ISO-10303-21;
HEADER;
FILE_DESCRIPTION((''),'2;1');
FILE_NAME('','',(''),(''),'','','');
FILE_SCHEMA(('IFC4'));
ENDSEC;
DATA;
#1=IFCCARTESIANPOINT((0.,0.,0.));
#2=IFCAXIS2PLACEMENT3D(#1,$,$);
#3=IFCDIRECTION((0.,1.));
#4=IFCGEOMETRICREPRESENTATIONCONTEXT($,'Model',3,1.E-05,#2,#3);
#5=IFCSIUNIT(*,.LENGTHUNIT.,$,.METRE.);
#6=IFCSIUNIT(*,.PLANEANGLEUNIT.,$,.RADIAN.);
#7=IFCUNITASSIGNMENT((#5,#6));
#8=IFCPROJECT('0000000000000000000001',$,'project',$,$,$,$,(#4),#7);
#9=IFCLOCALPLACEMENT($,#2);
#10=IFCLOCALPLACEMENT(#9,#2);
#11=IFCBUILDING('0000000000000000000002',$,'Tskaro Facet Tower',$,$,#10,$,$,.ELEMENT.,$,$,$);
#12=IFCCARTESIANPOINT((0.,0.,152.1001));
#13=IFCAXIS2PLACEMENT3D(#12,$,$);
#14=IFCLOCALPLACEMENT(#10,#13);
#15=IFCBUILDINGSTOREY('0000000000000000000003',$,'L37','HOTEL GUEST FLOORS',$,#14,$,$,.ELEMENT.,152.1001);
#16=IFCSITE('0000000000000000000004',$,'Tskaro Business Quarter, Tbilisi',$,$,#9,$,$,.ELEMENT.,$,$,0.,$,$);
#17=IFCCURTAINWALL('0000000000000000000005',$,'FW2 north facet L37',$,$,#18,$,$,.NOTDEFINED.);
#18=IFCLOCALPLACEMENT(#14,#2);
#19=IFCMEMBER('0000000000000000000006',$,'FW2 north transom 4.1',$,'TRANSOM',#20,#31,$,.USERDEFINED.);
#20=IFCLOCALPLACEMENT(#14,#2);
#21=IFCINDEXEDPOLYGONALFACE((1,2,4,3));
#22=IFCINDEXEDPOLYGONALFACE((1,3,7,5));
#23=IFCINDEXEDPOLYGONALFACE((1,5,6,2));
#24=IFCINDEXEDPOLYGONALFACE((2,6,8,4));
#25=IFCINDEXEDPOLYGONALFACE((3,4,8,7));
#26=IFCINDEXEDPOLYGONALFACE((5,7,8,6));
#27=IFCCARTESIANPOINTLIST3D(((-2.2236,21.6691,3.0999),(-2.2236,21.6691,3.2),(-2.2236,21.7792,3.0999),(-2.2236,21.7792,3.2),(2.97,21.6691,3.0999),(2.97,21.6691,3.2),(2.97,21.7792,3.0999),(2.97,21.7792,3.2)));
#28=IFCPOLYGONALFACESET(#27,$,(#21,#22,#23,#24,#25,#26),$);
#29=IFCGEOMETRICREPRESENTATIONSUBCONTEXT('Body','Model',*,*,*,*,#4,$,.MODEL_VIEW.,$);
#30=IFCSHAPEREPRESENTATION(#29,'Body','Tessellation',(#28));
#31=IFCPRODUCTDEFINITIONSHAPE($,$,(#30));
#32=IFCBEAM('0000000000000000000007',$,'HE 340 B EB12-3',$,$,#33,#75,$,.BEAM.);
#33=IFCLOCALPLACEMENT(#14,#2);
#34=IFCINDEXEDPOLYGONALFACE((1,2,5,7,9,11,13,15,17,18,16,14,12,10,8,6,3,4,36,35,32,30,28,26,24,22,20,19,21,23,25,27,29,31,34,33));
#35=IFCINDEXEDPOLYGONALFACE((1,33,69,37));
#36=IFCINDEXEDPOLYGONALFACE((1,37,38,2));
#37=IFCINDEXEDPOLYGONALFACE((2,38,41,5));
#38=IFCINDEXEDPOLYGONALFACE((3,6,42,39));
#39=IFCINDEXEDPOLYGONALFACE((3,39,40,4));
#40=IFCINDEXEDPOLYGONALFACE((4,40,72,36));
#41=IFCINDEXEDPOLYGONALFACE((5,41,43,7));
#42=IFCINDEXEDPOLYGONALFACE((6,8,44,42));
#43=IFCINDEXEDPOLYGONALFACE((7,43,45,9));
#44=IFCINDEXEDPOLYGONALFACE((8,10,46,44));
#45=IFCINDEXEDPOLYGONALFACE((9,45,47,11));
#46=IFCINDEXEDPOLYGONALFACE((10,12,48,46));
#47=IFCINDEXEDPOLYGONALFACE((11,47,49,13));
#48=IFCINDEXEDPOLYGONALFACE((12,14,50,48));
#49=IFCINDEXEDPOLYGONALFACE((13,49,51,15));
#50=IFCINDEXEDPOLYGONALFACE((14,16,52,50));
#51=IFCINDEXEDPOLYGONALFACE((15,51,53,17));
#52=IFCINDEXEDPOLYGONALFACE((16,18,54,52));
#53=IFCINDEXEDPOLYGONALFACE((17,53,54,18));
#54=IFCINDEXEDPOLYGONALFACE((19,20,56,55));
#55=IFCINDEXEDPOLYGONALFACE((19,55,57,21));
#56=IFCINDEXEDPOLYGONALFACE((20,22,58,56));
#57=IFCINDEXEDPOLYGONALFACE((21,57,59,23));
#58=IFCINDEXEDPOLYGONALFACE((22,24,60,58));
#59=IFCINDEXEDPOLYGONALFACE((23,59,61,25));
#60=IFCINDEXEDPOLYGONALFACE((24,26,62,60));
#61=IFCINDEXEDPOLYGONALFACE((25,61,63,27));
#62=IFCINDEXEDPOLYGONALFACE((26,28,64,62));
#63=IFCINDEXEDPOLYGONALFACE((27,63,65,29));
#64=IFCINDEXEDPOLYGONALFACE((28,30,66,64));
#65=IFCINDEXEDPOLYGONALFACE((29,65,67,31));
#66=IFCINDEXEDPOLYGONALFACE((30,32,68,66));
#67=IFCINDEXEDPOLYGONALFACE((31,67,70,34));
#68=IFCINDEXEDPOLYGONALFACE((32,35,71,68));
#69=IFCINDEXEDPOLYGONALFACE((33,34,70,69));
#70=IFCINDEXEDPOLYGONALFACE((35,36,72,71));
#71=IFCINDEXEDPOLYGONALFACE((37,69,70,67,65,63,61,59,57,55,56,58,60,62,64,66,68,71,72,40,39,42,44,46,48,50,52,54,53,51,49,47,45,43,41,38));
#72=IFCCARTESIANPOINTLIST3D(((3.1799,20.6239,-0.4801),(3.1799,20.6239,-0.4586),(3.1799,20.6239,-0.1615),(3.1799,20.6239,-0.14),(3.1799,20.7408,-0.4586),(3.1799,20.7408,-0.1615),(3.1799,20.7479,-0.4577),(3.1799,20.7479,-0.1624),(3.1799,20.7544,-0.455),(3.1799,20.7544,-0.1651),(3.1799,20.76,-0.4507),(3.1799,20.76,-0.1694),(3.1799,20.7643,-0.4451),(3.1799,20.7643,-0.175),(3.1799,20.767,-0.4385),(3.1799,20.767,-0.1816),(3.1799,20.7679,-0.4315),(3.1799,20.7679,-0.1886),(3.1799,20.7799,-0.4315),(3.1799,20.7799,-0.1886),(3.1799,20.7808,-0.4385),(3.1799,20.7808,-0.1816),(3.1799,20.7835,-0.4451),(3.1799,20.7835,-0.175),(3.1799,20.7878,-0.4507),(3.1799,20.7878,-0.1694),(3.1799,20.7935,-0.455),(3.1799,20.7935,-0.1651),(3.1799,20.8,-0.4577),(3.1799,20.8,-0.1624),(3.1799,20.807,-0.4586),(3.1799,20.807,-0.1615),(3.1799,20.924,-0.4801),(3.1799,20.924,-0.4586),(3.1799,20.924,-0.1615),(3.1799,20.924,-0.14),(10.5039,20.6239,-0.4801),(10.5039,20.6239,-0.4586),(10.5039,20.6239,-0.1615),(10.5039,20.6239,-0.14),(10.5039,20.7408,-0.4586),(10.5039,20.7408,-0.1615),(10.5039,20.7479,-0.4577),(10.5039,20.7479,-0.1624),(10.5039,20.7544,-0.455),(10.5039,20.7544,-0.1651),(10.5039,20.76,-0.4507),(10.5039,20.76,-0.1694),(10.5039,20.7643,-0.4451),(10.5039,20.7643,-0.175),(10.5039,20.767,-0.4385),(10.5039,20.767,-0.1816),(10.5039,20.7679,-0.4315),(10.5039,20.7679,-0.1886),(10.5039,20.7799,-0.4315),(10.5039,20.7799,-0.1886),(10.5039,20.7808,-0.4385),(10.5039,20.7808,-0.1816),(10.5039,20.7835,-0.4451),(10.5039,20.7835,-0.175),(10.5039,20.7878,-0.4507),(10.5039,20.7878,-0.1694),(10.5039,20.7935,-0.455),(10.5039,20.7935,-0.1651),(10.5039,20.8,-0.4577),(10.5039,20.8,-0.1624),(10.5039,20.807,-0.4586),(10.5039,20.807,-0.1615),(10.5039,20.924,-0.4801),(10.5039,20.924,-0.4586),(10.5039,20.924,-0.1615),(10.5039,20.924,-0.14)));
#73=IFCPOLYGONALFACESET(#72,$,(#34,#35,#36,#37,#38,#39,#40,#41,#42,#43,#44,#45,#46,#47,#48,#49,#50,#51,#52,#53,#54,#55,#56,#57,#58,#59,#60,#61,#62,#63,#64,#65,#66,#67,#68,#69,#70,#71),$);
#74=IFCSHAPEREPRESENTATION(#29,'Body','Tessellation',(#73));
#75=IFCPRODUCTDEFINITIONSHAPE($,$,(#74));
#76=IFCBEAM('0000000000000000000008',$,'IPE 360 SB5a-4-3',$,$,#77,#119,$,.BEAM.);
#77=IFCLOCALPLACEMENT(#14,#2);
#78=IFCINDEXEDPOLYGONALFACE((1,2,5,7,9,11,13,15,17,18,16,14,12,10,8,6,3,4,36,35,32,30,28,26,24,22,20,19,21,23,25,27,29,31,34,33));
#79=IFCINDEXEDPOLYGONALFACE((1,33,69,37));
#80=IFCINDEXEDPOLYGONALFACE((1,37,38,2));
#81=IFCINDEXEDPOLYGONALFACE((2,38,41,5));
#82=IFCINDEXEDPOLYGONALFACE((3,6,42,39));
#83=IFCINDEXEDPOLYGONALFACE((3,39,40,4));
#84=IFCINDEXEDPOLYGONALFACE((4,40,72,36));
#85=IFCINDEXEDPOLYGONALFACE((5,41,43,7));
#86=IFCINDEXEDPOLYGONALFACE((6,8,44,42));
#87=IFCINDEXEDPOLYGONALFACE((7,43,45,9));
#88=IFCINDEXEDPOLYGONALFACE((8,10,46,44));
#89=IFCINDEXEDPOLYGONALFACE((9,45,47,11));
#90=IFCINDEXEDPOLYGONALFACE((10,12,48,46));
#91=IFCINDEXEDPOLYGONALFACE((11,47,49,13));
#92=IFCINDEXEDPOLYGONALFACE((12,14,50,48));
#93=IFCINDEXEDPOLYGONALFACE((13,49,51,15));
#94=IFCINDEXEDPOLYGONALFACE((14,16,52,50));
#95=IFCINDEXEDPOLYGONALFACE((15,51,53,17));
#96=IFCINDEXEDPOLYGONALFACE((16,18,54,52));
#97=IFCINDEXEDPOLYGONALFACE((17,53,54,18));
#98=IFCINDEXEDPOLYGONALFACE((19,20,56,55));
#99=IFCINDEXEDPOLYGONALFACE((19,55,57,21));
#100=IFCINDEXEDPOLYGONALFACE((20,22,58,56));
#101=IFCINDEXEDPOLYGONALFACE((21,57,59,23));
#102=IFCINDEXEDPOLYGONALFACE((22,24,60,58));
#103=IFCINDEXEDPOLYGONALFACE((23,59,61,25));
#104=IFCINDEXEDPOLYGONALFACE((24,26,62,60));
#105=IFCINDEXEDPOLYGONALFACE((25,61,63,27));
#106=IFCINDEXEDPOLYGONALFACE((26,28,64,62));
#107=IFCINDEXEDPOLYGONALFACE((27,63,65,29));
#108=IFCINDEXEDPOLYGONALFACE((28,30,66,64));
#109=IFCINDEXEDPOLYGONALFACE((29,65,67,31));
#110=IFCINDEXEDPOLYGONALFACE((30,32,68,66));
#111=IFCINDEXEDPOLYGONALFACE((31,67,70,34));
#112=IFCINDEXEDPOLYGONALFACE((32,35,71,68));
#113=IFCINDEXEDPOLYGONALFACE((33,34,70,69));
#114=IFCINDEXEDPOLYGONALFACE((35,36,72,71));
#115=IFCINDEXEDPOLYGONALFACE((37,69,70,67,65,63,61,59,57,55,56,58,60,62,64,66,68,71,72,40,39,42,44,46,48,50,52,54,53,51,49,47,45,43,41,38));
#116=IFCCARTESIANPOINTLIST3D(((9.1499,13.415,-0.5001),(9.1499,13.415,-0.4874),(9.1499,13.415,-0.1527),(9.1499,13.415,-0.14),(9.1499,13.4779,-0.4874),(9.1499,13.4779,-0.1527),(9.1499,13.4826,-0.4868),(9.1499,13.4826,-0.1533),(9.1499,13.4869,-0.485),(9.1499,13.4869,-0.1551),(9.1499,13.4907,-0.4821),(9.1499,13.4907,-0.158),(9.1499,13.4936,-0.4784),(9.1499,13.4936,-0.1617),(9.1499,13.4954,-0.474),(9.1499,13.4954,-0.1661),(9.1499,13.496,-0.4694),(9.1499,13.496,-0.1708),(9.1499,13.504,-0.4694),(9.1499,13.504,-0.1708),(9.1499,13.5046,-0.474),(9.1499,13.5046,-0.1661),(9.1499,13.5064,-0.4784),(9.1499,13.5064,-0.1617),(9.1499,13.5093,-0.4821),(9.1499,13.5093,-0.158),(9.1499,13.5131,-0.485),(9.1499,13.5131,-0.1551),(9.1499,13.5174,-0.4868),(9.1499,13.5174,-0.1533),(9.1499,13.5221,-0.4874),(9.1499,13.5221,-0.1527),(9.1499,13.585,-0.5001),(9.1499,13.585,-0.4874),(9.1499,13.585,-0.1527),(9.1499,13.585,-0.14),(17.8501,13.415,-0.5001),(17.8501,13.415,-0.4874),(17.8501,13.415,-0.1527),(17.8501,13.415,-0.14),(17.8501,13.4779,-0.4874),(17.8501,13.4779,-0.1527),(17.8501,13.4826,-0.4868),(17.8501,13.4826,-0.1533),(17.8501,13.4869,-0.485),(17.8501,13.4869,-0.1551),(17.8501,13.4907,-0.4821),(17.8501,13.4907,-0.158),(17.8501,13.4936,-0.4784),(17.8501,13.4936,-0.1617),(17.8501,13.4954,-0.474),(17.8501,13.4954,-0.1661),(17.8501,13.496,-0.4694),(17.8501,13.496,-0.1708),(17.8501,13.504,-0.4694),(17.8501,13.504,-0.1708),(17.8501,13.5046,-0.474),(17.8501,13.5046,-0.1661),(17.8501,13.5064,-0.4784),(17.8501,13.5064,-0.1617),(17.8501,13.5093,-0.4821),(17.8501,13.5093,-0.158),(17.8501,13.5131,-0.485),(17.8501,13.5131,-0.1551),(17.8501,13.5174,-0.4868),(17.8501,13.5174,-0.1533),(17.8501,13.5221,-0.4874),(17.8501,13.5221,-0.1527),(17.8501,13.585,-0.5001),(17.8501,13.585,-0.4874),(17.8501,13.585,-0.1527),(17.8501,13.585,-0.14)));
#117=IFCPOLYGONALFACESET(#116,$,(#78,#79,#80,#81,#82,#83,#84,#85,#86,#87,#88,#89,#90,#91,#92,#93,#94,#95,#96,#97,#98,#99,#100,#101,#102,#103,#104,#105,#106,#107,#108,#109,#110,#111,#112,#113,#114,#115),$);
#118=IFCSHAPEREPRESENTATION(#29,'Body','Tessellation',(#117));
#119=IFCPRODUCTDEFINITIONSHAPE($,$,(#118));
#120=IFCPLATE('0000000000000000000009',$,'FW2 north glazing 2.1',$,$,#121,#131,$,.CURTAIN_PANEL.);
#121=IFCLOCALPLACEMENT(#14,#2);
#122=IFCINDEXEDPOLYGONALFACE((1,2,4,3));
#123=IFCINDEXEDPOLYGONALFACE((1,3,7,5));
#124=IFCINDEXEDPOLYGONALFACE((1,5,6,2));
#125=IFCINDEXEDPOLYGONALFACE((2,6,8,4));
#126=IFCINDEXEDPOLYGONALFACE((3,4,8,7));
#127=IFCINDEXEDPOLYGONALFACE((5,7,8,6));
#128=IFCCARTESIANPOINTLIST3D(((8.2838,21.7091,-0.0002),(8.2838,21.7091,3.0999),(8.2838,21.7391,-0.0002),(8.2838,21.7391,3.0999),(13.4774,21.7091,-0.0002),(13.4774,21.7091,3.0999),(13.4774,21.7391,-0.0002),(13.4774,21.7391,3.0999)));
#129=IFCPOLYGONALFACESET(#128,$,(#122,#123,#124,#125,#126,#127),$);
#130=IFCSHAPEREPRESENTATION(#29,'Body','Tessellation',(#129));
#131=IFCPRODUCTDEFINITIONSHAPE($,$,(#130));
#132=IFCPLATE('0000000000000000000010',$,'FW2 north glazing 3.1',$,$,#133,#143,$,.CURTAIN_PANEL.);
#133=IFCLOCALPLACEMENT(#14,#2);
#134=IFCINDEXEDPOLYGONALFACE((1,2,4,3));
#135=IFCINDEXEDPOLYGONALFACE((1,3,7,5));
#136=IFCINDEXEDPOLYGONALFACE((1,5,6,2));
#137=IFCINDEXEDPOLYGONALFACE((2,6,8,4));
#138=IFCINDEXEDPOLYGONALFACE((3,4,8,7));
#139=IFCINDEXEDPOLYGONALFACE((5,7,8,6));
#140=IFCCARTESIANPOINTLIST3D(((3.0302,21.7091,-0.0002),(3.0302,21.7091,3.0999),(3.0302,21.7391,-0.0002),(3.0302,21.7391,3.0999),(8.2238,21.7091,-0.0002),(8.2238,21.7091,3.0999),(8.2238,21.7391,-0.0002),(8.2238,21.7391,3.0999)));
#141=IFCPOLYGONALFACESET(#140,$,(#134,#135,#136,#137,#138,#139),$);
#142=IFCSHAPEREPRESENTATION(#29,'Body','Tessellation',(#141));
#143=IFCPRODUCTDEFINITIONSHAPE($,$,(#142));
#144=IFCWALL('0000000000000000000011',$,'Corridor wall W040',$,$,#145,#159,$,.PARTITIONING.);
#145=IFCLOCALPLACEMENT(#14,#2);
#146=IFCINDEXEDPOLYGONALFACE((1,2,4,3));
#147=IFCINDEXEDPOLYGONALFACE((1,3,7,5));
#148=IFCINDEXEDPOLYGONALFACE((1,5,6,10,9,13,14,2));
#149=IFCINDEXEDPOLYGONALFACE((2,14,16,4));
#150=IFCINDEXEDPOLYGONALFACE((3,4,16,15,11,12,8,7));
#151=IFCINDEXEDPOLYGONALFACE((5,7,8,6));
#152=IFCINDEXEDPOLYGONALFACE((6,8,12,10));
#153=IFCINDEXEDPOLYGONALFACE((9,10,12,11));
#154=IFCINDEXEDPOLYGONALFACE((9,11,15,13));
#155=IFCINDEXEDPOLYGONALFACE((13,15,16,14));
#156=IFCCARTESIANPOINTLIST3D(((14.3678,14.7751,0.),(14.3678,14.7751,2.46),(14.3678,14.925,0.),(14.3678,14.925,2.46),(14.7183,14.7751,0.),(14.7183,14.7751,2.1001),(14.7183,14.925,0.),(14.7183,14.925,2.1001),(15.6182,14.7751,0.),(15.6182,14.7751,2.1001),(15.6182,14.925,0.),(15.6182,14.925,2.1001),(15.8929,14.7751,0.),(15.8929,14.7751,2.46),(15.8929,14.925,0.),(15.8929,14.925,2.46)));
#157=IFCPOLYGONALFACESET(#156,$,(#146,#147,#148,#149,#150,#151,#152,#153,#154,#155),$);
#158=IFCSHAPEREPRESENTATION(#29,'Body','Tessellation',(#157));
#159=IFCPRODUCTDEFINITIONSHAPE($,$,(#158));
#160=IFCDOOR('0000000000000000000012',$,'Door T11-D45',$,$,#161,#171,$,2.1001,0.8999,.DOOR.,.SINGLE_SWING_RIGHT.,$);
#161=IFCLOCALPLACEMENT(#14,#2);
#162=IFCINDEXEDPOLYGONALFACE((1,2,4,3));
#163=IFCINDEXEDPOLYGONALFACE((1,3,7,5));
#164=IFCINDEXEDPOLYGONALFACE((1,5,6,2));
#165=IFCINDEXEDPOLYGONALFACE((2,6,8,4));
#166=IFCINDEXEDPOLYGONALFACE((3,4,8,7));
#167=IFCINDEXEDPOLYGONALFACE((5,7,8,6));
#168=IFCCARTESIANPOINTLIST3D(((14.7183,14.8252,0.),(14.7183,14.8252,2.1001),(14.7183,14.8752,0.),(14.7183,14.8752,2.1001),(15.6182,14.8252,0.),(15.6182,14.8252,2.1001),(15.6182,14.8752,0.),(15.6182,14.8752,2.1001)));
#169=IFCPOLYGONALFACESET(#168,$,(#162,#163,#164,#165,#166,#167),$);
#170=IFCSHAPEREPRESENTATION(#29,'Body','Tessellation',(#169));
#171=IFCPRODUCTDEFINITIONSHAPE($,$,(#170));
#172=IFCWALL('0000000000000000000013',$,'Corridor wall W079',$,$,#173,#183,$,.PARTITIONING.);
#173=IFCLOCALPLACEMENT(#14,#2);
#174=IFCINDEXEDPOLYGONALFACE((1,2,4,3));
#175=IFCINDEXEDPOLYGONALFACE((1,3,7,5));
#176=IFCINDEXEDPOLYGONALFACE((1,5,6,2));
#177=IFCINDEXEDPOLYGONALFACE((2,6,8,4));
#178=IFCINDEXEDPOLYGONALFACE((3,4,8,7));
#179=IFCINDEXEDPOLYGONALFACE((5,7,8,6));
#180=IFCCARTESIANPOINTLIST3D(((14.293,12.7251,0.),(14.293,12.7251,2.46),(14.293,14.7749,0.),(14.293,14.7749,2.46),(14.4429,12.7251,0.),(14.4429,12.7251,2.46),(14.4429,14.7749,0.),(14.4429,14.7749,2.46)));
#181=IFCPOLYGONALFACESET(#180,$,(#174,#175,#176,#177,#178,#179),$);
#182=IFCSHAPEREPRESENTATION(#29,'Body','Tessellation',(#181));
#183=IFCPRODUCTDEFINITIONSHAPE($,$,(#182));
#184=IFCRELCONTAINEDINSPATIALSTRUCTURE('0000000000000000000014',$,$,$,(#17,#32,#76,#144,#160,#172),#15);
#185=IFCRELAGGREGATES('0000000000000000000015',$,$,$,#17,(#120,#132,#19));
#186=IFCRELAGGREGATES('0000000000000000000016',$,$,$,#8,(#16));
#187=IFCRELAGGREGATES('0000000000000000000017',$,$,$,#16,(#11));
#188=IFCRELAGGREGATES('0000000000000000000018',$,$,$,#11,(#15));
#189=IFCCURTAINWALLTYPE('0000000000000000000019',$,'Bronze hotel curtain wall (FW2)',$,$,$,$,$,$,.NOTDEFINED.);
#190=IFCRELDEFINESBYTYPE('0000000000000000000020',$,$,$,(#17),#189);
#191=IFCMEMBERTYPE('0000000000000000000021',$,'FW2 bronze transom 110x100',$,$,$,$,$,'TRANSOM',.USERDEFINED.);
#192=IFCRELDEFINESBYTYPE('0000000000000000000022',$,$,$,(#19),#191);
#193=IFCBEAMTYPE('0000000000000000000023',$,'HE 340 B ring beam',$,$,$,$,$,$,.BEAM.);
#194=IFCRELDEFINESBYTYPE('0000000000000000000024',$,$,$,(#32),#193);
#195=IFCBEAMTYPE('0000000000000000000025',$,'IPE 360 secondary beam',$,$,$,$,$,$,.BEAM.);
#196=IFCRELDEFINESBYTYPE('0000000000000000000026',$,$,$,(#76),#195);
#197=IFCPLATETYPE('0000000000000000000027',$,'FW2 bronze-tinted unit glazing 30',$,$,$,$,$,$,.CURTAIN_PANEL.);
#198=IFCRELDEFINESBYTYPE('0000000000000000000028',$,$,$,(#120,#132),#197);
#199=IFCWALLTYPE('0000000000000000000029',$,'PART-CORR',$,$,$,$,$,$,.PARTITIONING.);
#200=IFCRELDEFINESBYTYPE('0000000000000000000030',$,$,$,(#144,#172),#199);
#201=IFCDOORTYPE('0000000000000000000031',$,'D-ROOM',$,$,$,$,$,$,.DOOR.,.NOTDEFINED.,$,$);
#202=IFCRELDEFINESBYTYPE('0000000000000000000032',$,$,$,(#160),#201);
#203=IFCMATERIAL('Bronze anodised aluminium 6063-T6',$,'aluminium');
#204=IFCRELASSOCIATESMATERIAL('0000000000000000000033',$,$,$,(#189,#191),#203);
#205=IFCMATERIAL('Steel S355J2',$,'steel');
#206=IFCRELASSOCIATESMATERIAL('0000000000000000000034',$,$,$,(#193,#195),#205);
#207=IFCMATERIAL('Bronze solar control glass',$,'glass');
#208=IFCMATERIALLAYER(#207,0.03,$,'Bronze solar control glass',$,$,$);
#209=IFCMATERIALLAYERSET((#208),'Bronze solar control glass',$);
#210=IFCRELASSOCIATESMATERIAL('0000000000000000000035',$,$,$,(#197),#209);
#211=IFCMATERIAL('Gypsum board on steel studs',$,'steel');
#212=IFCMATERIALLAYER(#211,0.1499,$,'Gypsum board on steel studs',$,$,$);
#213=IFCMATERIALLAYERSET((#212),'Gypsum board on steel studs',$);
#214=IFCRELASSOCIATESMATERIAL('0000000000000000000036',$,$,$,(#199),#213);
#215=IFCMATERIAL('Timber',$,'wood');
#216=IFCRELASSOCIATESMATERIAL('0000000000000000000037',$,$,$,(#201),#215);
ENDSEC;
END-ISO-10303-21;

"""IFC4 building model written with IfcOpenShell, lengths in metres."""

from ifc_helpers import new_model, si_unit, direction, frame, frame_2d, origin, origin_2d, place, context, subcontext, project, spatial, rectangle, i_section, extrude, material, layer, layer_set, material_profile, profile_set, type_object, element, fill, aggregate, save


model = new_model("IFC4")

# Units and contexts
model_context = context("Model", 3, precision=1e-05, world=origin(), true_north=direction((0.0, 1.0)))
body_context = subcontext(model_context, "Body", "Model", "MODEL_VIEW")
ifc_project = project(units=[si_unit("LENGTHUNIT", "METRE"), si_unit("PLANEANGLEUNIT", "RADIAN")], contexts=[model_context])

# Site, building, storey
site_placement = place(None, origin())
site = spatial("IfcSite", under=ifc_project, at=site_placement, Name="Tskaro Business Quarter, Tbilisi", CompositionType="ELEMENT", RefElevation=0.0)
building_placement = place(site_placement, origin())
building = spatial("IfcBuilding", under=site, at=building_placement, Name="Tskaro Facet Tower", CompositionType="ELEMENT")
storey_placement = place(building_placement, frame((0.0, 0.0, 152.1001)))
storey = spatial("IfcBuildingStorey", under=building, at=storey_placement, Name="L37", Description="HOTEL GUEST FLOORS", CompositionType="ELEMENT", Elevation=152.1001)

# Curtain wall, member
ifc_material_1 = material(Name="Bronze anodised aluminium 6063-T6", Category="aluminium")
curtain_wall_type = type_object("IfcCurtainWallType", Name="Bronze hotel curtain wall (FW2)", PredefinedType="NOTDEFINED", material=ifc_material_1)
curtain_wall_placement = place(storey_placement, origin())
curtain_wall = element("IfcCurtainWall", 1, at=curtain_wall_placement, inside=storey, type_object=curtain_wall_type, Name="FW2 north facet L37", PredefinedType="NOTDEFINED")
ifc_material_profile_1 = material_profile(ifc_material_1, rectangle(XDim=0.1101, YDim=0.1001, at=origin_2d()), Name="Transom 110x100")
ifc_profile_set_1 = profile_set([ifc_material_profile_1], Name="Bronze anodised aluminium 6063-T6")
member_type_1 = type_object("IfcMemberType", Name="FW2 bronze transom 110x100", ElementType="TRANSOM", PredefinedType="USERDEFINED", material=ifc_profile_set_1)
member_1_placement = place(storey_placement, frame((2.97, 21.7241, 3.1499), z_axis=(-1.0, 0.0, 0.0), x_axis=(0.0, -1.0, 0.0)))
member_1 = element("IfcMember", 2, at=member_1_placement, type_object=member_type_1, Name="FW2 north transom 4.1", ObjectType="TRANSOM", PredefinedType="USERDEFINED", context=body_context, shape_type="SweptSolid", body=[
    extrude(rectangle(XDim=0.1101, YDim=0.1001, at=origin_2d()), origin(), (0.0, 0.0, 1.0), 5.1936),
])

# Beams
ifc_material_2 = material(Name="Steel S355J2", Category="steel")
ifc_material_profile_2 = material_profile(ifc_material_2, i_section(OverallWidth=0.3, OverallDepth=0.3401, WebThickness=0.012, FlangeThickness=0.0215, FilletRadius=0.0271, at=origin_2d()), Name="HE 340 B")
ifc_profile_set_2 = profile_set([ifc_material_profile_2], Name="Steel S355J2")
beam_type_1 = type_object("IfcBeamType", Name="HE 340 B ring beam", PredefinedType="BEAM", material=ifc_profile_set_2)
beam_1_placement = place(storey_placement, frame((10.5039, 20.7739, -0.3101), z_axis=(-1.0, 0.0, 0.0), x_axis=(0.0, -1.0, 0.0)))
element("IfcBeam", 3, at=beam_1_placement, inside=storey, type_object=beam_type_1, Name="HE 340 B EB12-3", PredefinedType="BEAM", context=body_context, shape_type="SweptSolid", body=[
    extrude(i_section(OverallWidth=0.3, OverallDepth=0.3401, WebThickness=0.012, FlangeThickness=0.0215, FilletRadius=0.0271, at=origin_2d()), origin(), (0.0, 0.0, 1.0), 7.324),
])
ifc_material_profile_3 = material_profile(ifc_material_2, i_section(OverallWidth=0.1699, OverallDepth=0.3601, WebThickness=0.0081, FlangeThickness=0.0127, FilletRadius=0.0181, at=origin_2d()), Name="IPE 360")
ifc_profile_set_3 = profile_set([ifc_material_profile_3], Name="Steel S355J2")
beam_type_2 = type_object("IfcBeamType", Name="IPE 360 secondary beam", PredefinedType="BEAM", material=ifc_profile_set_3)
beam_2_placement = place(storey_placement, frame((9.1499, 13.5, -0.3201), z_axis=(1.0, 0.0, 0.0), x_axis=(0.0, 1.0, 0.0)))
element("IfcBeam", 4, at=beam_2_placement, inside=storey, type_object=beam_type_2, Name="IPE 360 SB5a-4-3", PredefinedType="BEAM", context=body_context, shape_type="SweptSolid", body=[
    extrude(i_section(OverallWidth=0.1699, OverallDepth=0.3601, WebThickness=0.0081, FlangeThickness=0.0127, FilletRadius=0.0181, at=origin_2d()), origin(), (0.0, 0.0, 1.0), 8.7002),
])

# Plates
ifc_material_3 = material(Name="Bronze solar control glass", Category="glass")
ifc_layer_1 = layer(ifc_material_3, 0.03, Name="Bronze solar control glass")
ifc_layer_set_1 = layer_set([ifc_layer_1], Name="Bronze solar control glass")
plate_type = type_object("IfcPlateType", Name="FW2 bronze-tinted unit glazing 30", PredefinedType="CURTAIN_PANEL", material=ifc_layer_set_1)
plate_1_placement = place(storey_placement, frame((10.8806, 21.7241, -0.0002), z_axis=(0.0, 0.0, 1.0), x_axis=(-1.0, 0.0, 0.0)))
plate_1 = element("IfcPlate", 5, at=plate_1_placement, type_object=plate_type, Name="FW2 north glazing 2.1", PredefinedType="CURTAIN_PANEL", context=body_context, shape_type="SweptSolid", body=[
    extrude(rectangle(XDim=5.1936, YDim=0.03, at=origin_2d()), origin(), (0.0, 0.0, 1.0), 3.1001),
])
plate_2_placement = place(storey_placement, frame((5.627, 21.7241, -0.0002), z_axis=(0.0, 0.0, 1.0), x_axis=(-1.0, 0.0, 0.0)))
plate_2 = element("IfcPlate", 6, at=plate_2_placement, type_object=plate_type, Name="FW2 north glazing 3.1", PredefinedType="CURTAIN_PANEL", context=body_context, shape_type="SweptSolid", body=[
    extrude(rectangle(XDim=5.1936, YDim=0.03, at=origin_2d()), origin(), (0.0, 0.0, 1.0), 3.1001),
])
aggregate(curtain_wall, [plate_1, plate_2, member_1])

# Wall, opening, door
ifc_material_4 = material(Name="Gypsum board on steel studs", Category="steel")
ifc_layer_2 = layer(ifc_material_4, 0.1499, Name="Gypsum board on steel studs")
ifc_layer_set_2 = layer_set([ifc_layer_2], Name="Gypsum board on steel studs")
wall_type_1 = type_object("IfcWallType", Name="PART-CORR", PredefinedType="PARTITIONING", material=ifc_layer_set_2)
wall_1_placement = place(storey_placement, frame((15.8931, 14.8501, 0.0), z_axis=(0.0, 0.0, 1.0), x_axis=(-1.0, 0.0, 0.0)))
wall_1 = element("IfcWall", 7, at=wall_1_placement, inside=storey, type_object=wall_type_1, Name="Corridor wall W040", PredefinedType="PARTITIONING", context=body_context, shape_type="SweptSolid", body=[
    extrude(rectangle(XDim=1.5251, YDim=0.1499, at=frame_2d((0.7627, 0.0))), origin(), (0.0, 0.0, 1.0), 2.46),
])
opening_placement = place(wall_1_placement, frame((0.2749, 0.0, 0.0)))
opening = element("IfcOpeningElement", 8, at=opening_placement, cuts=wall_1, PredefinedType="OPENING", context=body_context, shape_type="SweptSolid", body=[
    extrude(rectangle(XDim=0.8999, YDim=2.1001, at=frame_2d((0.45, 1.05))), frame((0.0, 0.085, 0.0), z_axis=(0.0, -1.0, 0.0), x_axis=(1.0, 0.0, 0.0)), (0.0, 0.0, 1.0), 0.1699),
])
ifc_material_5 = material(Name="Timber", Category="wood")
door_type = type_object("IfcDoorType", Name="D-ROOM", OperationType="NOTDEFINED", PredefinedType="DOOR", material=ifc_material_5)
door_placement = place(opening_placement, origin())
door = element("IfcDoor", 9, at=door_placement, inside=storey, type_object=door_type, Name="Door T11-D45", OperationType="SINGLE_SWING_RIGHT", OverallHeight=2.1001, OverallWidth=0.8999, PredefinedType="DOOR", context=body_context, shape_type="SweptSolid", body=[
    extrude(rectangle(XDim=0.8999, YDim=2.1001, at=frame_2d((0.45, 1.05))), frame((0.0, 0.0249, 0.0), z_axis=(0.0, -1.0, 0.0), x_axis=(1.0, 0.0, 0.0)), (0.0, 0.0, 1.0), 0.05),
])
fill(opening, door)

# Wall
wall_2_placement = place(storey_placement, frame((14.3679, 12.7251, 0.0), z_axis=(0.0, 0.0, 1.0), x_axis=(0.0, 1.0, 0.0)))
element("IfcWall", 10, at=wall_2_placement, inside=storey, type_object=wall_type_1, Name="Corridor wall W079", PredefinedType="PARTITIONING", context=body_context, shape_type="SweptSolid", body=[
    extrude(rectangle(XDim=2.0498, YDim=0.1499, at=frame_2d((1.0249, 0.0))), origin(), (0.0, 0.0, 1.0), 2.46),
])

save(model, "model.ifc")
